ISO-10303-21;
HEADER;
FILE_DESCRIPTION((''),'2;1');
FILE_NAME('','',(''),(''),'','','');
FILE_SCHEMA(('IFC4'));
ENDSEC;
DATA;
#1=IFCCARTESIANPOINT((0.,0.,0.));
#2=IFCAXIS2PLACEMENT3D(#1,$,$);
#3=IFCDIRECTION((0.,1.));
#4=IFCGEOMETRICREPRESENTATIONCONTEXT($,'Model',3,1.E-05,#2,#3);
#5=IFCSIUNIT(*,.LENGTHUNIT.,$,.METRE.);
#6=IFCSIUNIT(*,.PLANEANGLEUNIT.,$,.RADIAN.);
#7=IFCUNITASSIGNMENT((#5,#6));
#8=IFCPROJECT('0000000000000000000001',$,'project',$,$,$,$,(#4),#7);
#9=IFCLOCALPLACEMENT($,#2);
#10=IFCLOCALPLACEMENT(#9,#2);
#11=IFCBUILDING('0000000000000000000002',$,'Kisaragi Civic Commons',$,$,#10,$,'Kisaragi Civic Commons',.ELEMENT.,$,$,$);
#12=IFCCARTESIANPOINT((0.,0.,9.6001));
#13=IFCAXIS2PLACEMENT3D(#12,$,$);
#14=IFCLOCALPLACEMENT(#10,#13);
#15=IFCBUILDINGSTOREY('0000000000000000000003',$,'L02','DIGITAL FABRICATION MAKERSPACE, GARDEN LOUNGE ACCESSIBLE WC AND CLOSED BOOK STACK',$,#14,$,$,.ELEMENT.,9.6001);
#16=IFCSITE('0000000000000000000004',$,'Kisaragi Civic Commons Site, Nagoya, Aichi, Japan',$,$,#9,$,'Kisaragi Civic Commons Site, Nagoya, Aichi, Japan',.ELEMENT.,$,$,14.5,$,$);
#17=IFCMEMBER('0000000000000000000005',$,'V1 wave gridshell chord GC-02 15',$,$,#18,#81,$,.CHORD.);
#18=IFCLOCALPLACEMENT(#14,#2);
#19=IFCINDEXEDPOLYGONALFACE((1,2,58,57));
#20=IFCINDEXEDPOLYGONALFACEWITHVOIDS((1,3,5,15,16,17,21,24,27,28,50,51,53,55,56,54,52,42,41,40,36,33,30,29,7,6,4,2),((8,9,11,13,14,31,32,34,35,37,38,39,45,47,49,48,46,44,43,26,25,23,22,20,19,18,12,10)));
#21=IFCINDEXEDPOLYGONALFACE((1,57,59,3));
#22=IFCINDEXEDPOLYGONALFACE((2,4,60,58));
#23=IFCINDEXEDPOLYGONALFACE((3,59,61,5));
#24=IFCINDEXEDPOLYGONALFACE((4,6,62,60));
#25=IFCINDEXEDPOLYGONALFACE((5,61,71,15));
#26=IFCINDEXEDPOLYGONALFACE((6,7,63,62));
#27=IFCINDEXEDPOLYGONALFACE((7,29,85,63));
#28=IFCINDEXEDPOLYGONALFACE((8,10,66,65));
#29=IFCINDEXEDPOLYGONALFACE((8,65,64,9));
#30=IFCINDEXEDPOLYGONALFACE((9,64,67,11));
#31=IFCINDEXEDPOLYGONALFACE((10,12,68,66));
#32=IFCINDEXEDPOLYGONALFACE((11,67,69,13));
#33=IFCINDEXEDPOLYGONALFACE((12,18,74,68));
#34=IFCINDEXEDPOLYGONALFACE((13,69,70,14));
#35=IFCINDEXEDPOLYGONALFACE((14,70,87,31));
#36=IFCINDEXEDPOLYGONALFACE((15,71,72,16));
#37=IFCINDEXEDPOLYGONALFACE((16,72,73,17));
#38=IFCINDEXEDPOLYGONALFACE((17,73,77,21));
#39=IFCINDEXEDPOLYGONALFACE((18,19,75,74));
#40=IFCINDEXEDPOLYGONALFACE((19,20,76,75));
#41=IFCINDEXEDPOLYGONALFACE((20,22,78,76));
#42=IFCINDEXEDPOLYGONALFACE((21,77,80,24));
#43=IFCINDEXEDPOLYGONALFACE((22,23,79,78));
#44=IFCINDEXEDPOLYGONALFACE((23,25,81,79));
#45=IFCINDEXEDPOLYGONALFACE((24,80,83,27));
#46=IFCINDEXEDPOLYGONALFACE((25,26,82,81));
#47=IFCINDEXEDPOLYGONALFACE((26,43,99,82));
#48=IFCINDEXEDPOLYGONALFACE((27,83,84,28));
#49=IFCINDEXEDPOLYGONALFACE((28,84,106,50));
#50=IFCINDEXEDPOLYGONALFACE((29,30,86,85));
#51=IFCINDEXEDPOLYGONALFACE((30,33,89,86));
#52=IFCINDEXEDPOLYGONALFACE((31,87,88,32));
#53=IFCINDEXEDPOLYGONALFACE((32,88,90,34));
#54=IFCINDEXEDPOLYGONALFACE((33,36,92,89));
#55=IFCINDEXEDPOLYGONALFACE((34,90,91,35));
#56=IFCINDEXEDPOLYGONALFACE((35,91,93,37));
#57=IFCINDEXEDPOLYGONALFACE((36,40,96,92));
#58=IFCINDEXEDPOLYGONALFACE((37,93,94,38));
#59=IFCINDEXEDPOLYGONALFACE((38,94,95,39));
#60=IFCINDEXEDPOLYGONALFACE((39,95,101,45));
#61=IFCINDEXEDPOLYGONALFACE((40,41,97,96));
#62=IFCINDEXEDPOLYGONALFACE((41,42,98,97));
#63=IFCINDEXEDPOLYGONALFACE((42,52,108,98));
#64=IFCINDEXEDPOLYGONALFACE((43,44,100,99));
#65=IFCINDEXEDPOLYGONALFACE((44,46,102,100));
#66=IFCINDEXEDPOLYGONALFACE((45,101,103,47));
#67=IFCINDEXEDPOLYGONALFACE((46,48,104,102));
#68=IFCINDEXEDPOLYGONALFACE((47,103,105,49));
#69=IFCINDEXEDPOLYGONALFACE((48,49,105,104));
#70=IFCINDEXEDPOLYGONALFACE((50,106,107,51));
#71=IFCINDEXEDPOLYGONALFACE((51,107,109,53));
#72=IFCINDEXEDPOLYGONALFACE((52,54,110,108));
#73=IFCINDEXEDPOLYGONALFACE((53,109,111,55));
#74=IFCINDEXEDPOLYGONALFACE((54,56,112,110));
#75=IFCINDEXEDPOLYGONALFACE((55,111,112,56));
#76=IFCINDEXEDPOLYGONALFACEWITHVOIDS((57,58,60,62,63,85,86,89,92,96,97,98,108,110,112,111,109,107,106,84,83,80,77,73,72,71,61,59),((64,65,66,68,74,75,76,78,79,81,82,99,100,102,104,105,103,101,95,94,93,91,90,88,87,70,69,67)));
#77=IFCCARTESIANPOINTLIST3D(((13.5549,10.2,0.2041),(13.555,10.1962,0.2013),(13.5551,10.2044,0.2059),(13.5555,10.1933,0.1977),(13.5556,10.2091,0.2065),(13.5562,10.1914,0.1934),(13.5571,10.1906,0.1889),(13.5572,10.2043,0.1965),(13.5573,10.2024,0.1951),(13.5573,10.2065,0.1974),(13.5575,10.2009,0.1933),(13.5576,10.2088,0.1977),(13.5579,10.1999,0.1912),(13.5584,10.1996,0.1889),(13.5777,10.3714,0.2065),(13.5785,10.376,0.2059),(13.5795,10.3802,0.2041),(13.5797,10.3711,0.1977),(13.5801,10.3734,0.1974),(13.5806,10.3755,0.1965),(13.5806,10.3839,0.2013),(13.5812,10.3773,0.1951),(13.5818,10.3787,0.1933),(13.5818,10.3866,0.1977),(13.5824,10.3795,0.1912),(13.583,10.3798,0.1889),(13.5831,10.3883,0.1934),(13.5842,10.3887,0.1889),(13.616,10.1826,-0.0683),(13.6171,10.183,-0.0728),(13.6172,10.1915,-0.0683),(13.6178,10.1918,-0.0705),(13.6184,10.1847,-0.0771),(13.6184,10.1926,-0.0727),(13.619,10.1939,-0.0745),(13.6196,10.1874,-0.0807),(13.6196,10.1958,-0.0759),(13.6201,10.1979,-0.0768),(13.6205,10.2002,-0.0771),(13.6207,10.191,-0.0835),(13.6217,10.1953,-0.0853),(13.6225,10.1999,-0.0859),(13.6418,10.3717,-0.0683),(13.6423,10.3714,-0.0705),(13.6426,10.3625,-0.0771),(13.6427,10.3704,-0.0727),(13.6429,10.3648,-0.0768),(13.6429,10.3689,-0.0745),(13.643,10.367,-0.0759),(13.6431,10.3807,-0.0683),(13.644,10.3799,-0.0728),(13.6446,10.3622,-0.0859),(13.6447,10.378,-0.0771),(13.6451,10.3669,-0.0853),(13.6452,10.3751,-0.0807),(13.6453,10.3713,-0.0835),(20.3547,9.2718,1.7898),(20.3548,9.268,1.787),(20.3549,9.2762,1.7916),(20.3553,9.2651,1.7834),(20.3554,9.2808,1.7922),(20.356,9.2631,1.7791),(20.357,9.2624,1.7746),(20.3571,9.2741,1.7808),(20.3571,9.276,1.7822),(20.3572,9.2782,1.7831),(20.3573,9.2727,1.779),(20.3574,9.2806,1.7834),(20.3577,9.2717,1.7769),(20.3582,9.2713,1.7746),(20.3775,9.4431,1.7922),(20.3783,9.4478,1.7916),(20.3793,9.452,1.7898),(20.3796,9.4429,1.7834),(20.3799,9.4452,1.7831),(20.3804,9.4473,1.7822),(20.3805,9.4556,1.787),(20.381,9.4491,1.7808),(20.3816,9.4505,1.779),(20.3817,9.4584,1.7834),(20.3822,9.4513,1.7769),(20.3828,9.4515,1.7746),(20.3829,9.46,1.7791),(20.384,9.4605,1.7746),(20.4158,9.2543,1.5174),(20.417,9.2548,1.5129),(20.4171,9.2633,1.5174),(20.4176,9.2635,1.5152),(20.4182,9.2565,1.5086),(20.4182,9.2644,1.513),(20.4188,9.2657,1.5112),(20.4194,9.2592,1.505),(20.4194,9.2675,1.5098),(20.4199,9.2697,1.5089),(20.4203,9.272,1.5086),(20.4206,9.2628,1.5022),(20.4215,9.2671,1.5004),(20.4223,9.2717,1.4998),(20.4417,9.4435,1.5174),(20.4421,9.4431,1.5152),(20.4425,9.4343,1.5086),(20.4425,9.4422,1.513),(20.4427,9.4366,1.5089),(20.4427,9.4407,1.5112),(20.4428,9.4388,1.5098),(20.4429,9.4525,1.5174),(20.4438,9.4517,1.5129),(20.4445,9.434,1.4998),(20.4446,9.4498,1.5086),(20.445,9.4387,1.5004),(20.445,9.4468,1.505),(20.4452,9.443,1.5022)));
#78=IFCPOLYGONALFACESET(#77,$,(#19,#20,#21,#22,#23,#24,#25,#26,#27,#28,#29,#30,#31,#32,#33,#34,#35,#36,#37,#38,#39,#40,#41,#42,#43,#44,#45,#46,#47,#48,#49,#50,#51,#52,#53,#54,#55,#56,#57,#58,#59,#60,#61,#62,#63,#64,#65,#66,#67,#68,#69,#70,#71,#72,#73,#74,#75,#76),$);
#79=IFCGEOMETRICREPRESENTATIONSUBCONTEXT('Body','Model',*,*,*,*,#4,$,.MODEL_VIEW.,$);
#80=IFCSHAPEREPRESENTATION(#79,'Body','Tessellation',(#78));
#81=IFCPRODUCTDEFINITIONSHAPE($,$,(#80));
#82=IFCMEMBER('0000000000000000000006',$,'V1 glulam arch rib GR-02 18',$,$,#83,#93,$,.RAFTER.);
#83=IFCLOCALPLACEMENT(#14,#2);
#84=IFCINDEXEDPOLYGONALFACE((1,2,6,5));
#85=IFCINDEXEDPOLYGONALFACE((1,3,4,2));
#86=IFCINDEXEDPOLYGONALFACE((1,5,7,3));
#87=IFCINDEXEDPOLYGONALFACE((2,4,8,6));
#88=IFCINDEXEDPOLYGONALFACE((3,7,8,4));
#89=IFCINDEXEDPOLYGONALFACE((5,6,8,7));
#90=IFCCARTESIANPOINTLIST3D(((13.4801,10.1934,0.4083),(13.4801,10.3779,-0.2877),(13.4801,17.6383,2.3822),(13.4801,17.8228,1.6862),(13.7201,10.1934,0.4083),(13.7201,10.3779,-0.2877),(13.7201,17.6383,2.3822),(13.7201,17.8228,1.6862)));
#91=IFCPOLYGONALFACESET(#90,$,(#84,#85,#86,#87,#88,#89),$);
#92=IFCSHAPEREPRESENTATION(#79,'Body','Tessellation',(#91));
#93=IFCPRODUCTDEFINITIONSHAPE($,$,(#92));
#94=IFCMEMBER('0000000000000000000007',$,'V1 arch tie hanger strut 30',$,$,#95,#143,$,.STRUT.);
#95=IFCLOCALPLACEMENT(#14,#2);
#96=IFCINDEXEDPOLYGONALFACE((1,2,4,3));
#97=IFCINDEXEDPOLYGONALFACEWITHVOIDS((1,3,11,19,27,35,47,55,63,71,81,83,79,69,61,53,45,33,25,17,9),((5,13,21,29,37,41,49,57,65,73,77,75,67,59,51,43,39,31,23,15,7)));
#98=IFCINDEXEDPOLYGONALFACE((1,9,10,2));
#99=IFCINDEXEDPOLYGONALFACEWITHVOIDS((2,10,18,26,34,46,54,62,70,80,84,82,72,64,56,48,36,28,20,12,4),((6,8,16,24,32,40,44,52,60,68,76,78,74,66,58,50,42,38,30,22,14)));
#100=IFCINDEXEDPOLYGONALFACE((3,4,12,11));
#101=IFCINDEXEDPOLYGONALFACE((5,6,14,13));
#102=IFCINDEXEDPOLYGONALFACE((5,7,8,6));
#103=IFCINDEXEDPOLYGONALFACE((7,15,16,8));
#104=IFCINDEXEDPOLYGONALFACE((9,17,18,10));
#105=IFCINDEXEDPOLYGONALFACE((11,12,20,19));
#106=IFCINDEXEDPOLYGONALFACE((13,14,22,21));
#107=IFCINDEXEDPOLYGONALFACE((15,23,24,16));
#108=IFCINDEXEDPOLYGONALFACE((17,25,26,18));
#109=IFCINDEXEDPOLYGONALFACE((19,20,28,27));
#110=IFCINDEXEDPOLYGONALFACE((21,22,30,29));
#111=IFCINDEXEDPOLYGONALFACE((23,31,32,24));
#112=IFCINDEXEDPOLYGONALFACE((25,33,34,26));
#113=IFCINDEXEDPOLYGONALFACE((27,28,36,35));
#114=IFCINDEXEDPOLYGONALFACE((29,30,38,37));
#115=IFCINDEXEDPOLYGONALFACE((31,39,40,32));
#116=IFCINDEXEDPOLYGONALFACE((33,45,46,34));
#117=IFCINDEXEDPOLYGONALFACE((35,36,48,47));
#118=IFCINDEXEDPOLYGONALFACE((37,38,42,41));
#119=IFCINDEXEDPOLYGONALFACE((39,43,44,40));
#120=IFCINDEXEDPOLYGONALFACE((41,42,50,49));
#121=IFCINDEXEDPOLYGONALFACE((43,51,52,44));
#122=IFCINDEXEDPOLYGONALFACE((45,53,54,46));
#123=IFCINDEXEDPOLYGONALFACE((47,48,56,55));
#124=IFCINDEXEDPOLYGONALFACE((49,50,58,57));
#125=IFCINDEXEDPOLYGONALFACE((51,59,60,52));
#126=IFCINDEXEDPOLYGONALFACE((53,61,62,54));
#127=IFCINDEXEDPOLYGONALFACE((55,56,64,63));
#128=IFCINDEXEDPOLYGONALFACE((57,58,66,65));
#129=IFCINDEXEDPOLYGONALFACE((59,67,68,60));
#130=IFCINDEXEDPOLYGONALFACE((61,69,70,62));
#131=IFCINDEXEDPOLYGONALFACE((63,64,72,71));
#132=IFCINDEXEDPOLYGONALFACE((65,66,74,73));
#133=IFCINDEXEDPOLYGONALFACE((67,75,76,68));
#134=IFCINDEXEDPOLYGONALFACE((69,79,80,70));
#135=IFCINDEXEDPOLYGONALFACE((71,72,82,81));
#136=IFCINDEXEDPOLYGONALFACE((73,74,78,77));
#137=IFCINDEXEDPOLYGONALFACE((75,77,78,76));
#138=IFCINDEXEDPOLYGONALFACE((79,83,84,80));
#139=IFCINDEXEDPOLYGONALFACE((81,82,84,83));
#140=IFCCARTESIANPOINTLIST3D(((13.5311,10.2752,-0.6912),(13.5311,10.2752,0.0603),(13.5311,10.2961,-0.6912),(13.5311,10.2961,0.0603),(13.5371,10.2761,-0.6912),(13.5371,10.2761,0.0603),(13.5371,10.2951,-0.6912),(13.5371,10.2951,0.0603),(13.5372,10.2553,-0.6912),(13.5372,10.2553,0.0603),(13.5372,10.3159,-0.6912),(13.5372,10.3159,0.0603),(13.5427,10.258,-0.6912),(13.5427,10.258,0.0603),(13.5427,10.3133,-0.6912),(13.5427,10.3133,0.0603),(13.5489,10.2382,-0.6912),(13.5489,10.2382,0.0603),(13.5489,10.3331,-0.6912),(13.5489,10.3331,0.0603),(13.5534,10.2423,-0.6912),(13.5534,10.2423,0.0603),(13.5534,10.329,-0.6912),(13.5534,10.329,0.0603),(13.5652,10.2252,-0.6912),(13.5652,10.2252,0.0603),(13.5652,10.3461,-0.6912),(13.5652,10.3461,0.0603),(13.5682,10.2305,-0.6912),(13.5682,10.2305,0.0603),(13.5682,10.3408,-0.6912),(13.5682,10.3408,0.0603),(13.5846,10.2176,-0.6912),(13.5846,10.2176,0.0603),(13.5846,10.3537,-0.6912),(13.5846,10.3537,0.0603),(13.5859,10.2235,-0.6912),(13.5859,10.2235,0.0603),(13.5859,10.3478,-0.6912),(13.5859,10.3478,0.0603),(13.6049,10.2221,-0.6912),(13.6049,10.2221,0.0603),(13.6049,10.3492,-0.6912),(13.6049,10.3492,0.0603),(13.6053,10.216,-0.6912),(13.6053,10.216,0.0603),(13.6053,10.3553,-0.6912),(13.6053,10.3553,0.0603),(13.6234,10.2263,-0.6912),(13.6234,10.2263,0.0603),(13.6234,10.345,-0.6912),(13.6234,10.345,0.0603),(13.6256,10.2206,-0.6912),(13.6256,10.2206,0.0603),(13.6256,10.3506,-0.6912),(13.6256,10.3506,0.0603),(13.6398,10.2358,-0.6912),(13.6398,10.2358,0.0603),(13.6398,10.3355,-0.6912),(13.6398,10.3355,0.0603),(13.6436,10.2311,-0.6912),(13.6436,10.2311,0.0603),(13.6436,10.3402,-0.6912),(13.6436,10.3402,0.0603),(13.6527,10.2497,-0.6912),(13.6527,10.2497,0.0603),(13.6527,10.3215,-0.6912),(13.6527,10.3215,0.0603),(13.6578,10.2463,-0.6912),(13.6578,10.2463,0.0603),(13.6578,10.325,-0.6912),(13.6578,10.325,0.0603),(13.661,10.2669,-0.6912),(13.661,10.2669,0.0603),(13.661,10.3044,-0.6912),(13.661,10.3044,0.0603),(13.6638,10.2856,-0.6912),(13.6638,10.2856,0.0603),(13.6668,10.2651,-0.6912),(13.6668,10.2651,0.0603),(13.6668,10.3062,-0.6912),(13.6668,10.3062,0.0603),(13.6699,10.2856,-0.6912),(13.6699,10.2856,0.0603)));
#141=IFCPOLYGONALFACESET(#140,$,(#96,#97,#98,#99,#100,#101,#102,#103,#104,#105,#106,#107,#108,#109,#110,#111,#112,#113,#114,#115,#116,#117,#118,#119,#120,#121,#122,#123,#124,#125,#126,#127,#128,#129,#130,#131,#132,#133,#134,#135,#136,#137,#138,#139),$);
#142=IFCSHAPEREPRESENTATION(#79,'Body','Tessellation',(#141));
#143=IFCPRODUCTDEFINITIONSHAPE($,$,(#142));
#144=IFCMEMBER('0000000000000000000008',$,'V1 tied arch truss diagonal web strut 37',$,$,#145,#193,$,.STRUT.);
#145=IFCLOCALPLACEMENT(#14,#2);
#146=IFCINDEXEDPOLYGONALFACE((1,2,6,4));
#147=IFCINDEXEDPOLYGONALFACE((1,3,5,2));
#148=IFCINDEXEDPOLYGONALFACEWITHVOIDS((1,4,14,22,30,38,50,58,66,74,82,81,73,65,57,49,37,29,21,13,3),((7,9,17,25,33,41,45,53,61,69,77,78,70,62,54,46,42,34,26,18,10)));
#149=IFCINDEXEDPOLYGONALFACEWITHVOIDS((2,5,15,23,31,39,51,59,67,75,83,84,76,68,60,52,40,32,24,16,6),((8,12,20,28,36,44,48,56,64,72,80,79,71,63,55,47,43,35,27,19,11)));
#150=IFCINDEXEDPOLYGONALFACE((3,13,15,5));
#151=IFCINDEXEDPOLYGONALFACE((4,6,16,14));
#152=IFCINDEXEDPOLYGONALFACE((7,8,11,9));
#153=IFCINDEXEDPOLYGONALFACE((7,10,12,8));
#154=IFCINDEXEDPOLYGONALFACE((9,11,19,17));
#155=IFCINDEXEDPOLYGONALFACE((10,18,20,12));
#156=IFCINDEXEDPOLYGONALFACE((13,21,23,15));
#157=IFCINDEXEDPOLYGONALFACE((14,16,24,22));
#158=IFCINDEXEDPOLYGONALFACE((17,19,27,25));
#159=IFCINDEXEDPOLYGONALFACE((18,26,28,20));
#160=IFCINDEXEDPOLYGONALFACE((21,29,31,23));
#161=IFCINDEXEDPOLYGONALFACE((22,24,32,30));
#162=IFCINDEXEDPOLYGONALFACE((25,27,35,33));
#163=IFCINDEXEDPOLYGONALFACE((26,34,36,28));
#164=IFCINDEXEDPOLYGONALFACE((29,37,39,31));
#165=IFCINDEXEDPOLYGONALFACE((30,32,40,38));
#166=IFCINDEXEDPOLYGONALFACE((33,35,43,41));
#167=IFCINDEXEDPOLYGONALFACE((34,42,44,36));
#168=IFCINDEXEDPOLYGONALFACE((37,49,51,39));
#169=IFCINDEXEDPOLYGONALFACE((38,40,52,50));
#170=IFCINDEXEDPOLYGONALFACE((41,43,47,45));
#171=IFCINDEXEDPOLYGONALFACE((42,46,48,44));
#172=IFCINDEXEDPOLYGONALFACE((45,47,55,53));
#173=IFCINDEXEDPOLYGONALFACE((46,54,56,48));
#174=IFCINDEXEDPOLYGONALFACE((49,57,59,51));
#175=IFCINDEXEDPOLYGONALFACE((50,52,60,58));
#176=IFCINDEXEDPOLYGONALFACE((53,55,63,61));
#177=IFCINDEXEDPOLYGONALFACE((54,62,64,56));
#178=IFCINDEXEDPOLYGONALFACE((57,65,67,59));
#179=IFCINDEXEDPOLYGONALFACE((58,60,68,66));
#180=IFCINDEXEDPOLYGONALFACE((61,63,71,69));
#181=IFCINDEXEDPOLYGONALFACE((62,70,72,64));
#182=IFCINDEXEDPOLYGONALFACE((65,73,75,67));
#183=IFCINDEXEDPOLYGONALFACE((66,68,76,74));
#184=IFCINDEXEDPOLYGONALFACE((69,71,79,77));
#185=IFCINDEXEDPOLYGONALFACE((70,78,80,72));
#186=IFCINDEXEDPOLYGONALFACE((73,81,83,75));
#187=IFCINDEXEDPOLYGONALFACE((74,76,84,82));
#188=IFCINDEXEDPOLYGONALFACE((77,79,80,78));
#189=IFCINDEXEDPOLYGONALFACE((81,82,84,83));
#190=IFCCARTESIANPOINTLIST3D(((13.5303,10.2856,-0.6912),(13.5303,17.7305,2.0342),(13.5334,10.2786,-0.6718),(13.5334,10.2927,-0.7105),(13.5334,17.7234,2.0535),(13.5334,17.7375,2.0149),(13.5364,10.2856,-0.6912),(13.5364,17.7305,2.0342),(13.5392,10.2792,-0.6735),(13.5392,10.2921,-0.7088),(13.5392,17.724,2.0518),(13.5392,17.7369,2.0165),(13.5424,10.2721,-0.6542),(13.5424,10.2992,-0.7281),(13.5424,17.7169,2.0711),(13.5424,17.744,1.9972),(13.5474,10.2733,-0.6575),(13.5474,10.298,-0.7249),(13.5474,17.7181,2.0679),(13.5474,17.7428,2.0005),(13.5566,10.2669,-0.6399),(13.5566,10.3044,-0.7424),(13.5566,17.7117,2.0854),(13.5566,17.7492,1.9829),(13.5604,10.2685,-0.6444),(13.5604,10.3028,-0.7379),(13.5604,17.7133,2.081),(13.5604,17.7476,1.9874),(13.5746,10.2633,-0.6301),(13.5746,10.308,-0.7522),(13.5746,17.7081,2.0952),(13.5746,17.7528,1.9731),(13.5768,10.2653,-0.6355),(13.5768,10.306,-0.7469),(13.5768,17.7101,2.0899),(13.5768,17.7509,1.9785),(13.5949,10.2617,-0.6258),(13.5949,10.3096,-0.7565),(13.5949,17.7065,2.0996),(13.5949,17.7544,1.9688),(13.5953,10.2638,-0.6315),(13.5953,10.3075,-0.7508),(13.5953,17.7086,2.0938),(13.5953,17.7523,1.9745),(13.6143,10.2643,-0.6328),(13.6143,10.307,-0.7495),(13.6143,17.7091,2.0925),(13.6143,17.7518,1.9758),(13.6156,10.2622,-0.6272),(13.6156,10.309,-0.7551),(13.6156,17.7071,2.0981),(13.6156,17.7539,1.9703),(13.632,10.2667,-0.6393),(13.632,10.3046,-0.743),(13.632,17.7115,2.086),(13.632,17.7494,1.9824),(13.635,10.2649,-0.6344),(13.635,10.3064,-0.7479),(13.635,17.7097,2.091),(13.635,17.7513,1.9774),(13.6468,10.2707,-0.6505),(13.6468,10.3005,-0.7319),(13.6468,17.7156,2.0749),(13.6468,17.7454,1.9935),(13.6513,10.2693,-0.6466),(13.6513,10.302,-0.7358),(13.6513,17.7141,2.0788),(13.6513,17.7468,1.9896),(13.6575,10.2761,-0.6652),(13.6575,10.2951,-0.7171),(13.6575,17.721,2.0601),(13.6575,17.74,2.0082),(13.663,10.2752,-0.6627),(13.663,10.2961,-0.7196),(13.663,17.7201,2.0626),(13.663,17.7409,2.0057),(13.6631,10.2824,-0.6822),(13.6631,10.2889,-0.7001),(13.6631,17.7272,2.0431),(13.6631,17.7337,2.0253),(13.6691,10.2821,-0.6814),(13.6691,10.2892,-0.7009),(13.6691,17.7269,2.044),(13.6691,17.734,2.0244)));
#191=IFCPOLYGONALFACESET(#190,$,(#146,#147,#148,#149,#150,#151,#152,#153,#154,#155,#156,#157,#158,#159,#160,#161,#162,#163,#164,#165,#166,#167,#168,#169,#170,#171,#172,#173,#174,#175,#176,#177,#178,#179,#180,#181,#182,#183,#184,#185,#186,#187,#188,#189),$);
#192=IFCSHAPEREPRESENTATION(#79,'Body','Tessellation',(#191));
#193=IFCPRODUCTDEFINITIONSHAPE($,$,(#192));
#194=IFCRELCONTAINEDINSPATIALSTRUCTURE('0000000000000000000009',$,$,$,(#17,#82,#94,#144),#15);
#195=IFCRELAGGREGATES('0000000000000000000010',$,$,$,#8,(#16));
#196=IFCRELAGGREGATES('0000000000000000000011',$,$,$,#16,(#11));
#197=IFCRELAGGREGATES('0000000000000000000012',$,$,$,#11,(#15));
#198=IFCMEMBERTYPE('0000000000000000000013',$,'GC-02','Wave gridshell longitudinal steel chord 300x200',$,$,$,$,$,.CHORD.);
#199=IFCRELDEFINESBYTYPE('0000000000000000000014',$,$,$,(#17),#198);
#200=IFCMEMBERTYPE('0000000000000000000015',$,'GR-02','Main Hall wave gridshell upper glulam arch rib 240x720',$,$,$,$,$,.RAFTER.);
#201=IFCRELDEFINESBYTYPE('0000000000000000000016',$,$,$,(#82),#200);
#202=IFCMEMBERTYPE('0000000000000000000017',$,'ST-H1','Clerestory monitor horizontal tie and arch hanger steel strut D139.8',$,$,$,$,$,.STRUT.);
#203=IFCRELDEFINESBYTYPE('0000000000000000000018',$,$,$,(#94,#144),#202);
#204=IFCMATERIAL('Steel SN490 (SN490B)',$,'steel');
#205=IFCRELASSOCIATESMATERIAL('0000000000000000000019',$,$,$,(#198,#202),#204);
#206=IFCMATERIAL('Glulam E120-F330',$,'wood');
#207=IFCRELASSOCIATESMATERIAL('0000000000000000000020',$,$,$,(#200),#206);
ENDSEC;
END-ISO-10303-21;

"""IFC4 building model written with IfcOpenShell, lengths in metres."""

from ifc_helpers import new_model, si_unit, direction, frame, origin, origin_2d, place, context, subcontext, project, spatial, rectangle, hollow_rectangle, hollow_circle, extrude, material, material_profile, profile_set, type_object, element, save


model = new_model("IFC4")

# Units and contexts
model_context = context("Model", 3, precision=1e-05, world=origin(), true_north=direction((0.0, 1.0)))
body_context = subcontext(model_context, "Body", "Model", "MODEL_VIEW")
ifc_project = project(units=[si_unit("LENGTHUNIT", "METRE"), si_unit("PLANEANGLEUNIT", "RADIAN")], contexts=[model_context])

# Site, building, storey
site_placement = place(None, origin())
site = spatial("IfcSite", under=ifc_project, at=site_placement, Name="Kisaragi Civic Commons Site, Nagoya, Aichi, Japan", LongName="Kisaragi Civic Commons Site, Nagoya, Aichi, Japan", CompositionType="ELEMENT", RefElevation=14.5)
building_placement = place(site_placement, origin())
building = spatial("IfcBuilding", under=site, at=building_placement, Name="Kisaragi Civic Commons", LongName="Kisaragi Civic Commons", CompositionType="ELEMENT")
storey_placement = place(building_placement, frame((0.0, 0.0, 9.6001)))
storey = spatial("IfcBuildingStorey", under=building, at=storey_placement, Name="L02", Description="DIGITAL FABRICATION MAKERSPACE, GARDEN LOUNGE ACCESSIBLE WC AND CLOSED BOOK STACK", CompositionType="ELEMENT", Elevation=9.6001)

# Members
ifc_material_1 = material(Name="Steel SN490 (SN490B)", Category="steel")
ifc_material_profile_1 = material_profile(ifc_material_1, hollow_rectangle(XDim=0.2, YDim=0.3, WallThickness=0.009, InnerFilletRadius=0.009, OuterFilletRadius=0.0181, at=origin_2d()), Name="STKR-300x200x9", Category="steel")
ifc_profile_set_1 = profile_set([ifc_material_profile_1], Name="Steel SN490 (SN490B)")
member_type_1 = type_object("IfcMemberType", Name="GC-02", Description="Wave gridshell longitudinal steel chord 300x200", PredefinedType="CHORD", material=ifc_profile_set_1)
member_1_placement = place(storey_placement, frame((13.6001, 10.2856, 0.0603), z_axis=(0.965377, -0.131781, 0.225123), x_axis=(0.135253, 0.990811, 0.0)))
element("IfcMember", 1, at=member_1_placement, inside=storey, type_object=member_type_1, Name="V1 wave gridshell chord GC-02 15", PredefinedType="CHORD", context=body_context, shape_type="SweptSolid", body=[
    extrude(hollow_rectangle(XDim=0.2, YDim=0.3, WallThickness=0.009, InnerFilletRadius=0.009, OuterFilletRadius=0.0181, at=origin_2d()), origin(), (0.0, 0.0, 1.0), 7.0437),
])
ifc_material_2 = material(Name="Glulam E120-F330", Category="wood")
ifc_material_profile_2 = material_profile(ifc_material_2, rectangle(XDim=0.24, YDim=0.72, at=origin_2d()), Name="GL-240x720", Category="wood")
ifc_profile_set_2 = profile_set([ifc_material_profile_2], Name="Glulam E120-F330")
member_type_2 = type_object("IfcMemberType", Name="GR-02", Description="Main Hall wave gridshell upper glulam arch rib 240x720", PredefinedType="RAFTER", material=ifc_profile_set_2)
member_2_placement = place(storey_placement, frame((13.6001, 10.2856, 0.0603), z_axis=(0.0, 0.966603, 0.256279), x_axis=(-1.0, 0.0, 0.0)))
element("IfcMember", 2, at=member_2_placement, inside=storey, type_object=member_type_2, Name="V1 glulam arch rib GR-02 18", PredefinedType="RAFTER", context=body_context, shape_type="SweptSolid", body=[
    extrude(rectangle(XDim=0.24, YDim=0.72, at=origin_2d()), origin(), (0.0, 0.0, 1.0), 7.7021),
])
ifc_material_profile_3 = material_profile(ifc_material_1, hollow_circle(Radius=0.0698, WallThickness=0.0061, at=origin_2d()), Name="CHS-139.8x6.0", Category="steel")
ifc_profile_set_3 = profile_set([ifc_material_profile_3], Name="Steel SN490 (SN490B)")
member_type_3 = type_object("IfcMemberType", Name="ST-H1", Description="Clerestory monitor horizontal tie and arch hanger steel strut D139.8", PredefinedType="STRUT", material=ifc_profile_set_3)
member_3_placement = place(storey_placement, frame((13.6001, 10.2856, -0.6912), z_axis=(0.0, 0.0, 1.0), x_axis=(1.0, 0.0, 0.0)))
element("IfcMember", 3, at=member_3_placement, inside=storey, type_object=member_type_3, Name="V1 arch tie hanger strut 30", PredefinedType="STRUT", context=body_context, shape_type="SweptSolid", body=[
    extrude(hollow_circle(Radius=0.0698, WallThickness=0.0061, at=origin_2d()), origin(), (0.0, 0.0, 1.0), 0.7515),
])
member_4_placement = place(storey_placement, frame((13.6001, 10.2856, -0.6912), z_axis=(0.0, 0.939057, 0.343762), x_axis=(-1.0, 0.0, 0.0)))
element("IfcMember", 4, at=member_4_placement, inside=storey, type_object=member_type_3, Name="V1 tied arch truss diagonal web strut 37", PredefinedType="STRUT", context=body_context, shape_type="SweptSolid", body=[
    extrude(hollow_circle(Radius=0.0698, WallThickness=0.0061, at=origin_2d()), origin(), (0.0, 0.0, 1.0), 7.928),
])

save(model, "model.ifc")
